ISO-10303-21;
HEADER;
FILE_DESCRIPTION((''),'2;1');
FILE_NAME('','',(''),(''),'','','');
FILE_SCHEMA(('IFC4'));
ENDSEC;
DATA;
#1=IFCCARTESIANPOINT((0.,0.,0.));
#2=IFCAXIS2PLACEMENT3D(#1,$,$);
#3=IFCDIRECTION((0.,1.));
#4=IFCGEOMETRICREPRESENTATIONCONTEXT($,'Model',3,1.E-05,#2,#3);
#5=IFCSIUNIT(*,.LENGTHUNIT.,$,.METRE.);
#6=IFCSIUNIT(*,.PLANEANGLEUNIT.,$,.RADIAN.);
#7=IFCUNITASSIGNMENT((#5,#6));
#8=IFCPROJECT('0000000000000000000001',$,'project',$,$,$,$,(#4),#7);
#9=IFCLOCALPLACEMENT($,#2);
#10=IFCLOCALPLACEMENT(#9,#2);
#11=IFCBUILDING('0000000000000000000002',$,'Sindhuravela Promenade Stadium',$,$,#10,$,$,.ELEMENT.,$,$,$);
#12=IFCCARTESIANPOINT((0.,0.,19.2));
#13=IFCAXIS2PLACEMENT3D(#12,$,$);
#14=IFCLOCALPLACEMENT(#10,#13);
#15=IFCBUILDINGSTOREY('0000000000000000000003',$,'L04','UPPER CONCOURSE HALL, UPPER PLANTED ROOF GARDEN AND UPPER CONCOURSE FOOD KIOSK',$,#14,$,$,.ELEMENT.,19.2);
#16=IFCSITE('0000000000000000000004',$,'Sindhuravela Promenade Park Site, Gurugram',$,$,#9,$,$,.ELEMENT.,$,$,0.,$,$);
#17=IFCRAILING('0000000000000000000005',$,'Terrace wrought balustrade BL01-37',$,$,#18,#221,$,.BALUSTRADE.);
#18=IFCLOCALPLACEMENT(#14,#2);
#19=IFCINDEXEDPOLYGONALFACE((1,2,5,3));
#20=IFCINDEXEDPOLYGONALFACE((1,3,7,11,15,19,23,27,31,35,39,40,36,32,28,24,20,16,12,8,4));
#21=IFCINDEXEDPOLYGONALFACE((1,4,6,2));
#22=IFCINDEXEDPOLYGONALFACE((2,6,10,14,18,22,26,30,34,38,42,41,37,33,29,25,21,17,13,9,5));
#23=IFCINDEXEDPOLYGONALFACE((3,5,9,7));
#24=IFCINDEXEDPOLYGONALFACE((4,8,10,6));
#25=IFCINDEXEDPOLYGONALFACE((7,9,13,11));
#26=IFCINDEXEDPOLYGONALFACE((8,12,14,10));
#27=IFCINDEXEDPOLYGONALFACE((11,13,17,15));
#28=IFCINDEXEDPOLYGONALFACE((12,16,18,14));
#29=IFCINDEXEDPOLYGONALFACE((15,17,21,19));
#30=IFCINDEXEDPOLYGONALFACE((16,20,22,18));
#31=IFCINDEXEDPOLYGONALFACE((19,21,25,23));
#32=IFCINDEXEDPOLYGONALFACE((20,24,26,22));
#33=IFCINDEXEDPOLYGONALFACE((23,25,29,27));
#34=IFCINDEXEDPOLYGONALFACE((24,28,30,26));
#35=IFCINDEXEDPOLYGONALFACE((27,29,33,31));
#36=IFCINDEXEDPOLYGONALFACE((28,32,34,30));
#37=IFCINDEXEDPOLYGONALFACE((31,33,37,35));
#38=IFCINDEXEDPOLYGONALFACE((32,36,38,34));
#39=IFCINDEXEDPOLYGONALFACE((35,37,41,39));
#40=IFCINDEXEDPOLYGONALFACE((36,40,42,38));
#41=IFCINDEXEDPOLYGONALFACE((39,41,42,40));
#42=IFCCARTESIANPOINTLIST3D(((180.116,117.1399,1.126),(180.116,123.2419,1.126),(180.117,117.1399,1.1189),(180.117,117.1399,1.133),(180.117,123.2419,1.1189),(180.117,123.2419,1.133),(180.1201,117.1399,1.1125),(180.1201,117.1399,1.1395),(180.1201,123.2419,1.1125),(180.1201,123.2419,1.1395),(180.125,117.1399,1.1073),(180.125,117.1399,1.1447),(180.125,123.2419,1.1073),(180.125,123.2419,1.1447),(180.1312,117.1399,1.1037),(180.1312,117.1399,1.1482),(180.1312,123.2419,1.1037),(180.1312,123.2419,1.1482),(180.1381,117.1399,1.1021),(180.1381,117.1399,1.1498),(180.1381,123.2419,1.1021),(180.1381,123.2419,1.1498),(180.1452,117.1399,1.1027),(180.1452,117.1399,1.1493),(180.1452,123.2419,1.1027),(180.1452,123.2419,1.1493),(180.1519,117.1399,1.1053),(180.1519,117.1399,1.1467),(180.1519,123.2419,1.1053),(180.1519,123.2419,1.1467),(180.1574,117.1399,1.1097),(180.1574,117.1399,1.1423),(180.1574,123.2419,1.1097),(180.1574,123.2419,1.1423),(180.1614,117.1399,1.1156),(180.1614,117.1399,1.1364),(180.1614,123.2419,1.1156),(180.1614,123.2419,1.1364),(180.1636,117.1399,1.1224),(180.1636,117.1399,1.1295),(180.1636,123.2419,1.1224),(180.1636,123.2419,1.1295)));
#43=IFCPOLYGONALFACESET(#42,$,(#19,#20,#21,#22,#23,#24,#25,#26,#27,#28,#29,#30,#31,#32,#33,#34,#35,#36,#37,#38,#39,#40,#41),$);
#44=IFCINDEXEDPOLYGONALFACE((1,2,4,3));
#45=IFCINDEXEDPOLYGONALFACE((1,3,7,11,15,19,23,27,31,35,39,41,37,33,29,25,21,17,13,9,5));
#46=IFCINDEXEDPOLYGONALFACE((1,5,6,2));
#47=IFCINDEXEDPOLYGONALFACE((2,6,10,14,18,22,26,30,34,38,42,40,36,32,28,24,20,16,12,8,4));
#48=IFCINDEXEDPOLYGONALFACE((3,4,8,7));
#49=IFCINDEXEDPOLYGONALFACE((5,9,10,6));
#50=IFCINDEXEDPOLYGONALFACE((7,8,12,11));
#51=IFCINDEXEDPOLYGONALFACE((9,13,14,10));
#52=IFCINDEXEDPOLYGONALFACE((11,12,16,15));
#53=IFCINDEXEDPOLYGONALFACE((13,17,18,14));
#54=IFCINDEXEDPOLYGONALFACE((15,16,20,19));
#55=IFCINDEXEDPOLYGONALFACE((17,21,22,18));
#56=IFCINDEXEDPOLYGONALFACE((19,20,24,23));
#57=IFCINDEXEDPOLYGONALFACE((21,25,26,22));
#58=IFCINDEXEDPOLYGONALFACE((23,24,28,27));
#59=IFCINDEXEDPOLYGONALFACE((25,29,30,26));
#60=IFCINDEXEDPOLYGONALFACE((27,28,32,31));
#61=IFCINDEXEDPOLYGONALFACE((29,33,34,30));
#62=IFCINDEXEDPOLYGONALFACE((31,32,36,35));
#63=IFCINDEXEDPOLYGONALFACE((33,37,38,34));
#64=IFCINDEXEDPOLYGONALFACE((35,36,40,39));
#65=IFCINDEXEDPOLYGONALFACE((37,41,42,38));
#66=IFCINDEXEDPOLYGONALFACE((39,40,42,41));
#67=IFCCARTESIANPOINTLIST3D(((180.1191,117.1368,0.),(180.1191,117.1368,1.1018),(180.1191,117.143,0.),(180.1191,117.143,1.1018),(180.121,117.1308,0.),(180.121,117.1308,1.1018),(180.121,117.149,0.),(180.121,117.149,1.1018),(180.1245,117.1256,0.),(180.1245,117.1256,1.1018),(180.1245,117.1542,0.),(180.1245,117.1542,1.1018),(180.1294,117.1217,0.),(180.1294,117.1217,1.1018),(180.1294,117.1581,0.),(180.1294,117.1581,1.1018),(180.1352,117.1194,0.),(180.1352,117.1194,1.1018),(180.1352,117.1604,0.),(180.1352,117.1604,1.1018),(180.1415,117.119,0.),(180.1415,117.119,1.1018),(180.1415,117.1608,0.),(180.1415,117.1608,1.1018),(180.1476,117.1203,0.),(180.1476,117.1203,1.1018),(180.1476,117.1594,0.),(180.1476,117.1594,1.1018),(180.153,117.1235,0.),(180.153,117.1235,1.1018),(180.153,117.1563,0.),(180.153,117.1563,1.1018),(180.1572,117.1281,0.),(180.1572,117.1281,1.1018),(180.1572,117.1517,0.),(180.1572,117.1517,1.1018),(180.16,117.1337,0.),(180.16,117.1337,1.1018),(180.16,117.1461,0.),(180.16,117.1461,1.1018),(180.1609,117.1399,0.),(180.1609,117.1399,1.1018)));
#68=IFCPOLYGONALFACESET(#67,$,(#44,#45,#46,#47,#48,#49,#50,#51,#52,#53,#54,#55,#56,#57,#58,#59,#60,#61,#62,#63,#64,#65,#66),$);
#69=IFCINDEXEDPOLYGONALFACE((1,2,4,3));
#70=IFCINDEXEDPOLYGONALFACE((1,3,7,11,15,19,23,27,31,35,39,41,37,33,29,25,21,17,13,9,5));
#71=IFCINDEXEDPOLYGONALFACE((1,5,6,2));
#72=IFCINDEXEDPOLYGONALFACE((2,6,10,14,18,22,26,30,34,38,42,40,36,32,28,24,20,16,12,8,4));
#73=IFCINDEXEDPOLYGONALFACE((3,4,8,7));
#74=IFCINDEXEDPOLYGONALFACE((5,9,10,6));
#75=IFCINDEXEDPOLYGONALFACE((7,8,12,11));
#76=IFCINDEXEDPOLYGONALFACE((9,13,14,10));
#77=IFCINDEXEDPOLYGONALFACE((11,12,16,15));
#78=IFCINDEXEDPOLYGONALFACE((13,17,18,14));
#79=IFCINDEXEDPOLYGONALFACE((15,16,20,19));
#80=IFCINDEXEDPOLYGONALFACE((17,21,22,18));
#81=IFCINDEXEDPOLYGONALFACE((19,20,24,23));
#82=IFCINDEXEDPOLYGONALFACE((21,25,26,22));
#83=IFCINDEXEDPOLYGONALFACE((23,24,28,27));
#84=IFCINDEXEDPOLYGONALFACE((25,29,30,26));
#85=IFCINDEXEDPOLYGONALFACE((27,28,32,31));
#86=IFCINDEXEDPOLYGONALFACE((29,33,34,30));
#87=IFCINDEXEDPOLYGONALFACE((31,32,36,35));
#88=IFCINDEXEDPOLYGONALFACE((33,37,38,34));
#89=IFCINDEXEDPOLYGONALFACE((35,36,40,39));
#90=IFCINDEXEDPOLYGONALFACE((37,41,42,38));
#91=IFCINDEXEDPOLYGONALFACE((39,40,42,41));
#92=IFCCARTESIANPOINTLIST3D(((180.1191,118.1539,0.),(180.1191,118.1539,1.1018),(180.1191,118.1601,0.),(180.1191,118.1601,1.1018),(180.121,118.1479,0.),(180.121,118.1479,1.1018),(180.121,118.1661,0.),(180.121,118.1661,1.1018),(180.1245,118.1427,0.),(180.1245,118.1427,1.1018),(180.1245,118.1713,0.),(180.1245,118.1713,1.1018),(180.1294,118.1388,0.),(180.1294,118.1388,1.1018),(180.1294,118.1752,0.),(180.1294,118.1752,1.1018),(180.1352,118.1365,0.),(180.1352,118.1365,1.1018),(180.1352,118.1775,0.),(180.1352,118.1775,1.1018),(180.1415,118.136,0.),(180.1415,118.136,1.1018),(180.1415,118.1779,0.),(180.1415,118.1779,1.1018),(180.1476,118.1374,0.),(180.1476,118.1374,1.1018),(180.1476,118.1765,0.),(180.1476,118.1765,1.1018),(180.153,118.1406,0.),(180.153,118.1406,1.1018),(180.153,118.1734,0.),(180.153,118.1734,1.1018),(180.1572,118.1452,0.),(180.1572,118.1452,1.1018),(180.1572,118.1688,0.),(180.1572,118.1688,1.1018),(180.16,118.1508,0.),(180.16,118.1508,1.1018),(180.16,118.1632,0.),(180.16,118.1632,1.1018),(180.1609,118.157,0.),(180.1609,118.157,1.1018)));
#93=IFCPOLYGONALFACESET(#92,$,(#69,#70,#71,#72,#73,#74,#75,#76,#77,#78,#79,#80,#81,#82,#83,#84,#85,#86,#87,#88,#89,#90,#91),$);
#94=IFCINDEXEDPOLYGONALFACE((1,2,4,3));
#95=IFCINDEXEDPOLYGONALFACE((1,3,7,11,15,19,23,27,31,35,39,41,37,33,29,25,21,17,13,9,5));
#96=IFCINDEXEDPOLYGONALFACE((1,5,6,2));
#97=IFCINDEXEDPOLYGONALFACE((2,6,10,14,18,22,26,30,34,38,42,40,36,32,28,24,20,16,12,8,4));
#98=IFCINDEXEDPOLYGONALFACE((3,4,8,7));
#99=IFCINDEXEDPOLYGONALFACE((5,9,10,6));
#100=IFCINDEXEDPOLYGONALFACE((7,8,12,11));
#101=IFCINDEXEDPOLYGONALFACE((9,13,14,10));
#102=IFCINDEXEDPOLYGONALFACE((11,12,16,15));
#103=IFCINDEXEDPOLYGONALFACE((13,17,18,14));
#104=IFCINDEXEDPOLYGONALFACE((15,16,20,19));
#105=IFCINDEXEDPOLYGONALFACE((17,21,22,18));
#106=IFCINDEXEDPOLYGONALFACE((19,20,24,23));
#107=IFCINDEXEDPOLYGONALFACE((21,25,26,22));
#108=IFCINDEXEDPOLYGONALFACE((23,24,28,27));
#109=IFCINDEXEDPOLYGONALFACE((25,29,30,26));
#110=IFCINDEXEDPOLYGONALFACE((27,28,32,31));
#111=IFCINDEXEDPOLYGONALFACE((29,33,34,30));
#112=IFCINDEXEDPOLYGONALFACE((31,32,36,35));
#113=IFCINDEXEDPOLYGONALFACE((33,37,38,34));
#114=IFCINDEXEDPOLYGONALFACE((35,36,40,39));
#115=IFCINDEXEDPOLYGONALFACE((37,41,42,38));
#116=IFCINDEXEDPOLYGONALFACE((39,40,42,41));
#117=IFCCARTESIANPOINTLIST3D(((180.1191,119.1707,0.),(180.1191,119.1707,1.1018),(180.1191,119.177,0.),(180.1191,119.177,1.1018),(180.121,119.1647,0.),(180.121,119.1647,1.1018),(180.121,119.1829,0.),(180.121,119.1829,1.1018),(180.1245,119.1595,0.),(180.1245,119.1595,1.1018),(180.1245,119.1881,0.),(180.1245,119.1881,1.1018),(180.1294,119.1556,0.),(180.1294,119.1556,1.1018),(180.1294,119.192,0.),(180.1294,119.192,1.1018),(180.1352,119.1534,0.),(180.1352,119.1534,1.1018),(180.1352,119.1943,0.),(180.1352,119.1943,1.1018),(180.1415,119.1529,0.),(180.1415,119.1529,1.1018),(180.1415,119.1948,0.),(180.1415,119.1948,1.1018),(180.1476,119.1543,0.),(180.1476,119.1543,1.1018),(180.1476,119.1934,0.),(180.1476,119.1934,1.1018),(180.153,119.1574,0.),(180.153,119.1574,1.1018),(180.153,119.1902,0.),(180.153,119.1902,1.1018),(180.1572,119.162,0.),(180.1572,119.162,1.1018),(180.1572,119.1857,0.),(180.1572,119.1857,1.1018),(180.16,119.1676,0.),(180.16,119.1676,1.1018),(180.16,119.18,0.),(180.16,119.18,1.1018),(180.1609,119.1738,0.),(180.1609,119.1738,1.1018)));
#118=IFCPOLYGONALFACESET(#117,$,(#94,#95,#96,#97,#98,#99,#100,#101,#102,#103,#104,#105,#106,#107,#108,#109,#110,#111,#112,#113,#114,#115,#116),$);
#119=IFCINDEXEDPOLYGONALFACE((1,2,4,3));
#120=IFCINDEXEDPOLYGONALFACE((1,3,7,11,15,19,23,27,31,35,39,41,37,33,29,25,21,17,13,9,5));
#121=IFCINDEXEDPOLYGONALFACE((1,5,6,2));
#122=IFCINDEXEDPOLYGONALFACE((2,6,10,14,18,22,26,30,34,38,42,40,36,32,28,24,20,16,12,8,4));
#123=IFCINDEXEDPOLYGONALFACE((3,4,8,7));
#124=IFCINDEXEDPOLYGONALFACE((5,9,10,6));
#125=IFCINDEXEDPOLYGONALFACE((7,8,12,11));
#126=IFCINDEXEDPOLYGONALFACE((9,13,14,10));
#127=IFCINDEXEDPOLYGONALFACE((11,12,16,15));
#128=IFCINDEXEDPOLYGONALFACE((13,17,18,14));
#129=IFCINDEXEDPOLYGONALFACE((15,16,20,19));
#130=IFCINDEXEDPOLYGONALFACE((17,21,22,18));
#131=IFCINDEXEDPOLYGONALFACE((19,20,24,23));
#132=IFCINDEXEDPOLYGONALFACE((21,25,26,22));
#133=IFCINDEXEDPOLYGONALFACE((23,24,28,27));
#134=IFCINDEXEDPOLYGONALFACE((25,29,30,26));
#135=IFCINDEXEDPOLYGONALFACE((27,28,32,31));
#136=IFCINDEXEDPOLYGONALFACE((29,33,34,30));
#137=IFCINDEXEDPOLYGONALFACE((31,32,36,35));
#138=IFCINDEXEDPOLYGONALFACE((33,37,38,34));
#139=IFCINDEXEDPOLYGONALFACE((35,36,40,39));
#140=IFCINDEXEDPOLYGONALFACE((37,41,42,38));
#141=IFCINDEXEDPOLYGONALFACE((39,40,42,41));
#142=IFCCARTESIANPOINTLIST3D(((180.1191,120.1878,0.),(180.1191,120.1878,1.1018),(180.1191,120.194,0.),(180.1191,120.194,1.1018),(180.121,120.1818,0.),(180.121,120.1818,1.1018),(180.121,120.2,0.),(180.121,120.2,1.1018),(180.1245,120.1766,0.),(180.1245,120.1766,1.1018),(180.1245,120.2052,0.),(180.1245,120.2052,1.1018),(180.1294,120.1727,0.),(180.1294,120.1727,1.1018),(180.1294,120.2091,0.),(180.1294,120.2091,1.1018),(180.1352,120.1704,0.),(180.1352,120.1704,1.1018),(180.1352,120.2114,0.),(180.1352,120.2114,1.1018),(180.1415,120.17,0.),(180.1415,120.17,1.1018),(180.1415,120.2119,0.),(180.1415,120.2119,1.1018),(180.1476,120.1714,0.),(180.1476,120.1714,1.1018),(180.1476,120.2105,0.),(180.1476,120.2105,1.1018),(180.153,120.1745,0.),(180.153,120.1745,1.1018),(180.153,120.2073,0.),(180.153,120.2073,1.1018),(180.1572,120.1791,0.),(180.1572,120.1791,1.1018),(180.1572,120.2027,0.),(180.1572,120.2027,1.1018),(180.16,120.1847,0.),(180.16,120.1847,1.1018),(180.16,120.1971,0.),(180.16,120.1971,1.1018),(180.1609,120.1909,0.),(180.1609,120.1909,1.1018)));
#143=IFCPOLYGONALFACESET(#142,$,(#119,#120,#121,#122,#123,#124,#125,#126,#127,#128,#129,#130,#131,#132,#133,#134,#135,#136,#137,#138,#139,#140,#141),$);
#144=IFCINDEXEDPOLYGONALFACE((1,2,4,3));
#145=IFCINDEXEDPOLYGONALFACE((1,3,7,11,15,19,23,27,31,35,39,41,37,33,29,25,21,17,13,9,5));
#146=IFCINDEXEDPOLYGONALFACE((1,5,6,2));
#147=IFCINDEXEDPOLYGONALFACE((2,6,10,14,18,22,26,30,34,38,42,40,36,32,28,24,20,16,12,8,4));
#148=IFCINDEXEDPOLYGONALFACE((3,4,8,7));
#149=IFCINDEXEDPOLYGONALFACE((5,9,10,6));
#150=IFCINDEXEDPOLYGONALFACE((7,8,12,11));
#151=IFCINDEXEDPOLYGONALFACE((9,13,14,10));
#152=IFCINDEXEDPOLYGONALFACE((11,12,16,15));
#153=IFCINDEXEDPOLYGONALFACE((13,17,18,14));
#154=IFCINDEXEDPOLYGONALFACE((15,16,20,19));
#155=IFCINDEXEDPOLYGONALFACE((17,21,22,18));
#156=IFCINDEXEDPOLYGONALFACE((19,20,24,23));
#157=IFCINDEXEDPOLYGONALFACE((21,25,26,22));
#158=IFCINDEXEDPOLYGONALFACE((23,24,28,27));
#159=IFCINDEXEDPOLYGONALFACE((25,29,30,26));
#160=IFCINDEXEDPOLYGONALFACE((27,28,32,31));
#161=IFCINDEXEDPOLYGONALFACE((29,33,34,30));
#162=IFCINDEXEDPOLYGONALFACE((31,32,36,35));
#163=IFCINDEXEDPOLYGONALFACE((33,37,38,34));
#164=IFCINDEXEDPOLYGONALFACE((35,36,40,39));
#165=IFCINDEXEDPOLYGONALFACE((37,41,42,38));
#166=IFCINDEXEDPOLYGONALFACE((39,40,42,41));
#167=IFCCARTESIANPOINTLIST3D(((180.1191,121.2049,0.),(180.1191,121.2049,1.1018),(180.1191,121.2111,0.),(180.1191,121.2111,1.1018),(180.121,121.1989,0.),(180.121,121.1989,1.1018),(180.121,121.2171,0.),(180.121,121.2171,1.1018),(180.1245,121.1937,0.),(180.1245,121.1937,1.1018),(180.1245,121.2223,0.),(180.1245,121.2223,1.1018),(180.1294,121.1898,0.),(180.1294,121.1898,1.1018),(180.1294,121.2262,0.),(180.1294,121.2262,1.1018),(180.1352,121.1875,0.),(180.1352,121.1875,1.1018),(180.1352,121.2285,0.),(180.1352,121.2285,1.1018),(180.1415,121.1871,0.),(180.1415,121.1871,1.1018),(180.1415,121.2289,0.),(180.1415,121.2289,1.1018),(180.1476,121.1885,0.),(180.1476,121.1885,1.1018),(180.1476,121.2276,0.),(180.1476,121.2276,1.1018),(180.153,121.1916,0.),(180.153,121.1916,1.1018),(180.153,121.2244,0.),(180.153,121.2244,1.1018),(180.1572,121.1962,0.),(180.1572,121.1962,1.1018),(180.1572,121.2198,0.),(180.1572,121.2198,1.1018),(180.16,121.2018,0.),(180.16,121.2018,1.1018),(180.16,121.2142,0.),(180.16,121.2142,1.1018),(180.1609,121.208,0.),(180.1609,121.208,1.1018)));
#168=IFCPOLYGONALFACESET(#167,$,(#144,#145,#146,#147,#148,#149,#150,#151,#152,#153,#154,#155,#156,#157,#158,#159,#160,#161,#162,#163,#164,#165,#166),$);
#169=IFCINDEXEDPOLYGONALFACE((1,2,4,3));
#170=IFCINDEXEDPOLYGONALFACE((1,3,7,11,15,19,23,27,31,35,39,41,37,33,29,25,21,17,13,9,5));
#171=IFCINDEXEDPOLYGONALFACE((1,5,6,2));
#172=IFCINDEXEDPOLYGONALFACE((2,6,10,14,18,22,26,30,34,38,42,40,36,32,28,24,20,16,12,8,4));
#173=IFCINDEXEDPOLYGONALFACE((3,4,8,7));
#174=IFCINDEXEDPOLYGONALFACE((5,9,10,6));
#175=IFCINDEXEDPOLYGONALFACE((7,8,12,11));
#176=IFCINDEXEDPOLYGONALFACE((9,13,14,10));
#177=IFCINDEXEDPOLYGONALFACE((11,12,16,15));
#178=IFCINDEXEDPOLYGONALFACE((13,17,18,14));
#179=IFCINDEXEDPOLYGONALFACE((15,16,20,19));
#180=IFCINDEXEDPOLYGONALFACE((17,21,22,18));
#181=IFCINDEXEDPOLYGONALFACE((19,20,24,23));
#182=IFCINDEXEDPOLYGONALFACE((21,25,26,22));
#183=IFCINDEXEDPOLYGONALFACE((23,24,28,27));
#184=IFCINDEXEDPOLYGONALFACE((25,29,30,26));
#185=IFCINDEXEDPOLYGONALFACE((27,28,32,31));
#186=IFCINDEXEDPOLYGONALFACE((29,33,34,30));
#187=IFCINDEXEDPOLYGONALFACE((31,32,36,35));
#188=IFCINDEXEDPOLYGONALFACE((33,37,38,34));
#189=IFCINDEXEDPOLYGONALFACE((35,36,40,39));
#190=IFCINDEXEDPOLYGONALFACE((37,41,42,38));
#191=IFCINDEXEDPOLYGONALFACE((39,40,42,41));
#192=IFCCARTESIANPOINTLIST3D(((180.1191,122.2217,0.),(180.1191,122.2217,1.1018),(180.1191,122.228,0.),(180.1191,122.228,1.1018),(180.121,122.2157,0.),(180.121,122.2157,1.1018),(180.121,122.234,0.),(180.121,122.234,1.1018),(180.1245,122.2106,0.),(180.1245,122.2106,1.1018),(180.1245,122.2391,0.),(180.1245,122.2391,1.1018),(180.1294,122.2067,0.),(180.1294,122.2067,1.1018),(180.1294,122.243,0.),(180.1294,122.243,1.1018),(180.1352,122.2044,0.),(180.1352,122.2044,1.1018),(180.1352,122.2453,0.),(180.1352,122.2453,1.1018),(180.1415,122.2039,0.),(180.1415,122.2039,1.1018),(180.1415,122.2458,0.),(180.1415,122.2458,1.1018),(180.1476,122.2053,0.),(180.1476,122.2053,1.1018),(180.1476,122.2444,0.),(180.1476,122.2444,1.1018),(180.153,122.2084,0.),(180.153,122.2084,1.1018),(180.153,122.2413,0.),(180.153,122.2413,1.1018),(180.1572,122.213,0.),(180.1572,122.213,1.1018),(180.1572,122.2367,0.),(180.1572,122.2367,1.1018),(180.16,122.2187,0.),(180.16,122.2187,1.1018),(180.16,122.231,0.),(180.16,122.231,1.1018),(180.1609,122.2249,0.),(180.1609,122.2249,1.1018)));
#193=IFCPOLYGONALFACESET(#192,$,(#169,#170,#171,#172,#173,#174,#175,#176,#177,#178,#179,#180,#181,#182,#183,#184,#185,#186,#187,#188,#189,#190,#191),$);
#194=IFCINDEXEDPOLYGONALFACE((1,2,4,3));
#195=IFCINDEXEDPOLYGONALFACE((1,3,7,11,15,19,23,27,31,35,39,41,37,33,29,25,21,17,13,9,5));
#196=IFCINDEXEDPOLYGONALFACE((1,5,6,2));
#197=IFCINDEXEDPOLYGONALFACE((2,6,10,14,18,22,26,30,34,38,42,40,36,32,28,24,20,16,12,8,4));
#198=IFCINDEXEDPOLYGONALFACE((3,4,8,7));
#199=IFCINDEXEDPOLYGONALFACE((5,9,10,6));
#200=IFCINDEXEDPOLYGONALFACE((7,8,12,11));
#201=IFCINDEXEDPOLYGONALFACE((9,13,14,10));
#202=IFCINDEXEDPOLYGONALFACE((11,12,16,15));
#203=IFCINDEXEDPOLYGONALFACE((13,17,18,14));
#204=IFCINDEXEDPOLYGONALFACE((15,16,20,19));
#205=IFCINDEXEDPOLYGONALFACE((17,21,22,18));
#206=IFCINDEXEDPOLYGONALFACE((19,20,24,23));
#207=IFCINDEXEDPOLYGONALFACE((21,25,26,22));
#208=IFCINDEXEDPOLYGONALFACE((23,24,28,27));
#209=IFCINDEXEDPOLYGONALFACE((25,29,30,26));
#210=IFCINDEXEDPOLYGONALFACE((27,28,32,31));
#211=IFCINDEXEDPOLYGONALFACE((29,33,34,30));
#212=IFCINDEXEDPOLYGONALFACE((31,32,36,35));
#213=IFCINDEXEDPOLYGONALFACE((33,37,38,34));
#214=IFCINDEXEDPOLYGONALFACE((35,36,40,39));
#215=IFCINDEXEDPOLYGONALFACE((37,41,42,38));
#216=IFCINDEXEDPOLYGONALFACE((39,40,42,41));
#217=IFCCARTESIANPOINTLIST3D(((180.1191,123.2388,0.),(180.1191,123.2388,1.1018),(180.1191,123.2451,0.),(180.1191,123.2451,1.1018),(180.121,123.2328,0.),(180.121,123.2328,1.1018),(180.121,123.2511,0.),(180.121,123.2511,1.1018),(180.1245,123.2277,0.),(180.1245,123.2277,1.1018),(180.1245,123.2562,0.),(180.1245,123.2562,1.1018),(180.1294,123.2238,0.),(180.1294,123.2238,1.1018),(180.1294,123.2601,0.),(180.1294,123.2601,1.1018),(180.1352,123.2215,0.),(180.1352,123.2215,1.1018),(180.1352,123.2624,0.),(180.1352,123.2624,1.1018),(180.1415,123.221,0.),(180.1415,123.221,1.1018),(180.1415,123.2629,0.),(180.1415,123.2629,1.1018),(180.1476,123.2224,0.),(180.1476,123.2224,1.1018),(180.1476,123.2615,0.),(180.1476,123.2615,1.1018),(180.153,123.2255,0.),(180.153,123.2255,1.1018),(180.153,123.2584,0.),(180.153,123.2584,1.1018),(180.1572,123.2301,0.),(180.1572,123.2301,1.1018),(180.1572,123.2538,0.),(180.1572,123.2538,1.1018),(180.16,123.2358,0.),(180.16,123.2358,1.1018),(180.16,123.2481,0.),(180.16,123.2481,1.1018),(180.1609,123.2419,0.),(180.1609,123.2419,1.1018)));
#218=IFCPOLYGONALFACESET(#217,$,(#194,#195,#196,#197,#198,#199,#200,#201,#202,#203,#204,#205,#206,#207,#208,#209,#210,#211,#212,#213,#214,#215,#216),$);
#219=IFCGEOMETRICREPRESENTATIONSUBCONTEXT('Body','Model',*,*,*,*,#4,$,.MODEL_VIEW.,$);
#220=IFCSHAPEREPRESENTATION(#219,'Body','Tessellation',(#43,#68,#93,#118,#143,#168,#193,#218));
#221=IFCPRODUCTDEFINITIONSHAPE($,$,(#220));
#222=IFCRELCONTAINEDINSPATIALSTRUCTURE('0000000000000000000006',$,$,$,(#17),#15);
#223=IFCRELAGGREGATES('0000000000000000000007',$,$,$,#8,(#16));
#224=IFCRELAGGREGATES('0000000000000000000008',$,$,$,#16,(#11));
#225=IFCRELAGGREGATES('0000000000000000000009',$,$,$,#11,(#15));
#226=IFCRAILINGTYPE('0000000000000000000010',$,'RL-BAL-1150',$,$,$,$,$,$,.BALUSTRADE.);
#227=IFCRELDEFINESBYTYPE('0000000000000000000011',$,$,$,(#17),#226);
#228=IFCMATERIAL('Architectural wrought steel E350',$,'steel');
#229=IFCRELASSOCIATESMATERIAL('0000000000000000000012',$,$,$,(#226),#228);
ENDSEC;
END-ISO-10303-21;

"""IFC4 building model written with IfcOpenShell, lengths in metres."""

from ifc_helpers import new_model, si_unit, direction, frame, origin, origin_2d, place, context, subcontext, project, spatial, circle, extrude, material, type_object, element, save


model = new_model("IFC4")

# Units and contexts
model_context = context("Model", 3, precision=1e-05, world=origin(), true_north=direction((0.0, 1.0)))
body_context = subcontext(model_context, "Body", "Model", "MODEL_VIEW")
ifc_project = project(units=[si_unit("LENGTHUNIT", "METRE"), si_unit("PLANEANGLEUNIT", "RADIAN")], contexts=[model_context])

# Site, building, storey
site_placement = place(None, origin())
site = spatial("IfcSite", under=ifc_project, at=site_placement, Name="Sindhuravela Promenade Park Site, Gurugram", CompositionType="ELEMENT", RefElevation=0.0)
building_placement = place(site_placement, origin())
building = spatial("IfcBuilding", under=site, at=building_placement, Name="Sindhuravela Promenade Stadium", CompositionType="ELEMENT")
storey_placement = place(building_placement, frame((0.0, 0.0, 19.2)))
storey = spatial("IfcBuildingStorey", under=building, at=storey_placement, Name="L04", Description="UPPER CONCOURSE HALL, UPPER PLANTED ROOF GARDEN AND UPPER CONCOURSE FOOD KIOSK", CompositionType="ELEMENT", Elevation=19.2)

# Railing
ifc_material_1 = material(Name="Architectural wrought steel E350", Category="steel")
railing_type_1 = type_object("IfcRailingType", Name="RL-BAL-1150", PredefinedType="BALUSTRADE", material=ifc_material_1)
railing_1_placement = place(storey_placement, frame((180.1399, 117.1399, 0.0)))
element("IfcRailing", 1, at=railing_1_placement, inside=storey, type_object=railing_type_1, Name="Terrace wrought balustrade BL01-37", PredefinedType="BALUSTRADE", context=body_context, shape_type="SweptSolid", body=[
    extrude(circle(Radius=0.0239, at=origin_2d()), frame((0.0, 0.0, 1.126), z_axis=(0.0, 1.0, 0.0), x_axis=(-1.0, 0.0, 0.0)), (0.0, 0.0, 1.0), 6.1021),
    extrude(circle(Radius=0.021, at=origin_2d()), origin(), (0.0, 0.0, 1.0), 1.1018),
    extrude(circle(Radius=0.021, at=origin_2d()), frame((0.0, 1.0171, 0.0)), (0.0, 0.0, 1.0), 1.1018),
    extrude(circle(Radius=0.021, at=origin_2d()), frame((0.0, 2.0339, 0.0)), (0.0, 0.0, 1.0), 1.1018),
    extrude(circle(Radius=0.021, at=origin_2d()), frame((0.0, 3.051, 0.0)), (0.0, 0.0, 1.0), 1.1018),
    extrude(circle(Radius=0.021, at=origin_2d()), frame((0.0, 4.0681, 0.0)), (0.0, 0.0, 1.0), 1.1018),
    extrude(circle(Radius=0.021, at=origin_2d()), frame((0.0, 5.085, 0.0)), (0.0, 0.0, 1.0), 1.1018),
    extrude(circle(Radius=0.021, at=origin_2d()), frame((0.0, 6.1021, 0.0)), (0.0, 0.0, 1.0), 1.1018),
])

save(model, "model.ifc")
